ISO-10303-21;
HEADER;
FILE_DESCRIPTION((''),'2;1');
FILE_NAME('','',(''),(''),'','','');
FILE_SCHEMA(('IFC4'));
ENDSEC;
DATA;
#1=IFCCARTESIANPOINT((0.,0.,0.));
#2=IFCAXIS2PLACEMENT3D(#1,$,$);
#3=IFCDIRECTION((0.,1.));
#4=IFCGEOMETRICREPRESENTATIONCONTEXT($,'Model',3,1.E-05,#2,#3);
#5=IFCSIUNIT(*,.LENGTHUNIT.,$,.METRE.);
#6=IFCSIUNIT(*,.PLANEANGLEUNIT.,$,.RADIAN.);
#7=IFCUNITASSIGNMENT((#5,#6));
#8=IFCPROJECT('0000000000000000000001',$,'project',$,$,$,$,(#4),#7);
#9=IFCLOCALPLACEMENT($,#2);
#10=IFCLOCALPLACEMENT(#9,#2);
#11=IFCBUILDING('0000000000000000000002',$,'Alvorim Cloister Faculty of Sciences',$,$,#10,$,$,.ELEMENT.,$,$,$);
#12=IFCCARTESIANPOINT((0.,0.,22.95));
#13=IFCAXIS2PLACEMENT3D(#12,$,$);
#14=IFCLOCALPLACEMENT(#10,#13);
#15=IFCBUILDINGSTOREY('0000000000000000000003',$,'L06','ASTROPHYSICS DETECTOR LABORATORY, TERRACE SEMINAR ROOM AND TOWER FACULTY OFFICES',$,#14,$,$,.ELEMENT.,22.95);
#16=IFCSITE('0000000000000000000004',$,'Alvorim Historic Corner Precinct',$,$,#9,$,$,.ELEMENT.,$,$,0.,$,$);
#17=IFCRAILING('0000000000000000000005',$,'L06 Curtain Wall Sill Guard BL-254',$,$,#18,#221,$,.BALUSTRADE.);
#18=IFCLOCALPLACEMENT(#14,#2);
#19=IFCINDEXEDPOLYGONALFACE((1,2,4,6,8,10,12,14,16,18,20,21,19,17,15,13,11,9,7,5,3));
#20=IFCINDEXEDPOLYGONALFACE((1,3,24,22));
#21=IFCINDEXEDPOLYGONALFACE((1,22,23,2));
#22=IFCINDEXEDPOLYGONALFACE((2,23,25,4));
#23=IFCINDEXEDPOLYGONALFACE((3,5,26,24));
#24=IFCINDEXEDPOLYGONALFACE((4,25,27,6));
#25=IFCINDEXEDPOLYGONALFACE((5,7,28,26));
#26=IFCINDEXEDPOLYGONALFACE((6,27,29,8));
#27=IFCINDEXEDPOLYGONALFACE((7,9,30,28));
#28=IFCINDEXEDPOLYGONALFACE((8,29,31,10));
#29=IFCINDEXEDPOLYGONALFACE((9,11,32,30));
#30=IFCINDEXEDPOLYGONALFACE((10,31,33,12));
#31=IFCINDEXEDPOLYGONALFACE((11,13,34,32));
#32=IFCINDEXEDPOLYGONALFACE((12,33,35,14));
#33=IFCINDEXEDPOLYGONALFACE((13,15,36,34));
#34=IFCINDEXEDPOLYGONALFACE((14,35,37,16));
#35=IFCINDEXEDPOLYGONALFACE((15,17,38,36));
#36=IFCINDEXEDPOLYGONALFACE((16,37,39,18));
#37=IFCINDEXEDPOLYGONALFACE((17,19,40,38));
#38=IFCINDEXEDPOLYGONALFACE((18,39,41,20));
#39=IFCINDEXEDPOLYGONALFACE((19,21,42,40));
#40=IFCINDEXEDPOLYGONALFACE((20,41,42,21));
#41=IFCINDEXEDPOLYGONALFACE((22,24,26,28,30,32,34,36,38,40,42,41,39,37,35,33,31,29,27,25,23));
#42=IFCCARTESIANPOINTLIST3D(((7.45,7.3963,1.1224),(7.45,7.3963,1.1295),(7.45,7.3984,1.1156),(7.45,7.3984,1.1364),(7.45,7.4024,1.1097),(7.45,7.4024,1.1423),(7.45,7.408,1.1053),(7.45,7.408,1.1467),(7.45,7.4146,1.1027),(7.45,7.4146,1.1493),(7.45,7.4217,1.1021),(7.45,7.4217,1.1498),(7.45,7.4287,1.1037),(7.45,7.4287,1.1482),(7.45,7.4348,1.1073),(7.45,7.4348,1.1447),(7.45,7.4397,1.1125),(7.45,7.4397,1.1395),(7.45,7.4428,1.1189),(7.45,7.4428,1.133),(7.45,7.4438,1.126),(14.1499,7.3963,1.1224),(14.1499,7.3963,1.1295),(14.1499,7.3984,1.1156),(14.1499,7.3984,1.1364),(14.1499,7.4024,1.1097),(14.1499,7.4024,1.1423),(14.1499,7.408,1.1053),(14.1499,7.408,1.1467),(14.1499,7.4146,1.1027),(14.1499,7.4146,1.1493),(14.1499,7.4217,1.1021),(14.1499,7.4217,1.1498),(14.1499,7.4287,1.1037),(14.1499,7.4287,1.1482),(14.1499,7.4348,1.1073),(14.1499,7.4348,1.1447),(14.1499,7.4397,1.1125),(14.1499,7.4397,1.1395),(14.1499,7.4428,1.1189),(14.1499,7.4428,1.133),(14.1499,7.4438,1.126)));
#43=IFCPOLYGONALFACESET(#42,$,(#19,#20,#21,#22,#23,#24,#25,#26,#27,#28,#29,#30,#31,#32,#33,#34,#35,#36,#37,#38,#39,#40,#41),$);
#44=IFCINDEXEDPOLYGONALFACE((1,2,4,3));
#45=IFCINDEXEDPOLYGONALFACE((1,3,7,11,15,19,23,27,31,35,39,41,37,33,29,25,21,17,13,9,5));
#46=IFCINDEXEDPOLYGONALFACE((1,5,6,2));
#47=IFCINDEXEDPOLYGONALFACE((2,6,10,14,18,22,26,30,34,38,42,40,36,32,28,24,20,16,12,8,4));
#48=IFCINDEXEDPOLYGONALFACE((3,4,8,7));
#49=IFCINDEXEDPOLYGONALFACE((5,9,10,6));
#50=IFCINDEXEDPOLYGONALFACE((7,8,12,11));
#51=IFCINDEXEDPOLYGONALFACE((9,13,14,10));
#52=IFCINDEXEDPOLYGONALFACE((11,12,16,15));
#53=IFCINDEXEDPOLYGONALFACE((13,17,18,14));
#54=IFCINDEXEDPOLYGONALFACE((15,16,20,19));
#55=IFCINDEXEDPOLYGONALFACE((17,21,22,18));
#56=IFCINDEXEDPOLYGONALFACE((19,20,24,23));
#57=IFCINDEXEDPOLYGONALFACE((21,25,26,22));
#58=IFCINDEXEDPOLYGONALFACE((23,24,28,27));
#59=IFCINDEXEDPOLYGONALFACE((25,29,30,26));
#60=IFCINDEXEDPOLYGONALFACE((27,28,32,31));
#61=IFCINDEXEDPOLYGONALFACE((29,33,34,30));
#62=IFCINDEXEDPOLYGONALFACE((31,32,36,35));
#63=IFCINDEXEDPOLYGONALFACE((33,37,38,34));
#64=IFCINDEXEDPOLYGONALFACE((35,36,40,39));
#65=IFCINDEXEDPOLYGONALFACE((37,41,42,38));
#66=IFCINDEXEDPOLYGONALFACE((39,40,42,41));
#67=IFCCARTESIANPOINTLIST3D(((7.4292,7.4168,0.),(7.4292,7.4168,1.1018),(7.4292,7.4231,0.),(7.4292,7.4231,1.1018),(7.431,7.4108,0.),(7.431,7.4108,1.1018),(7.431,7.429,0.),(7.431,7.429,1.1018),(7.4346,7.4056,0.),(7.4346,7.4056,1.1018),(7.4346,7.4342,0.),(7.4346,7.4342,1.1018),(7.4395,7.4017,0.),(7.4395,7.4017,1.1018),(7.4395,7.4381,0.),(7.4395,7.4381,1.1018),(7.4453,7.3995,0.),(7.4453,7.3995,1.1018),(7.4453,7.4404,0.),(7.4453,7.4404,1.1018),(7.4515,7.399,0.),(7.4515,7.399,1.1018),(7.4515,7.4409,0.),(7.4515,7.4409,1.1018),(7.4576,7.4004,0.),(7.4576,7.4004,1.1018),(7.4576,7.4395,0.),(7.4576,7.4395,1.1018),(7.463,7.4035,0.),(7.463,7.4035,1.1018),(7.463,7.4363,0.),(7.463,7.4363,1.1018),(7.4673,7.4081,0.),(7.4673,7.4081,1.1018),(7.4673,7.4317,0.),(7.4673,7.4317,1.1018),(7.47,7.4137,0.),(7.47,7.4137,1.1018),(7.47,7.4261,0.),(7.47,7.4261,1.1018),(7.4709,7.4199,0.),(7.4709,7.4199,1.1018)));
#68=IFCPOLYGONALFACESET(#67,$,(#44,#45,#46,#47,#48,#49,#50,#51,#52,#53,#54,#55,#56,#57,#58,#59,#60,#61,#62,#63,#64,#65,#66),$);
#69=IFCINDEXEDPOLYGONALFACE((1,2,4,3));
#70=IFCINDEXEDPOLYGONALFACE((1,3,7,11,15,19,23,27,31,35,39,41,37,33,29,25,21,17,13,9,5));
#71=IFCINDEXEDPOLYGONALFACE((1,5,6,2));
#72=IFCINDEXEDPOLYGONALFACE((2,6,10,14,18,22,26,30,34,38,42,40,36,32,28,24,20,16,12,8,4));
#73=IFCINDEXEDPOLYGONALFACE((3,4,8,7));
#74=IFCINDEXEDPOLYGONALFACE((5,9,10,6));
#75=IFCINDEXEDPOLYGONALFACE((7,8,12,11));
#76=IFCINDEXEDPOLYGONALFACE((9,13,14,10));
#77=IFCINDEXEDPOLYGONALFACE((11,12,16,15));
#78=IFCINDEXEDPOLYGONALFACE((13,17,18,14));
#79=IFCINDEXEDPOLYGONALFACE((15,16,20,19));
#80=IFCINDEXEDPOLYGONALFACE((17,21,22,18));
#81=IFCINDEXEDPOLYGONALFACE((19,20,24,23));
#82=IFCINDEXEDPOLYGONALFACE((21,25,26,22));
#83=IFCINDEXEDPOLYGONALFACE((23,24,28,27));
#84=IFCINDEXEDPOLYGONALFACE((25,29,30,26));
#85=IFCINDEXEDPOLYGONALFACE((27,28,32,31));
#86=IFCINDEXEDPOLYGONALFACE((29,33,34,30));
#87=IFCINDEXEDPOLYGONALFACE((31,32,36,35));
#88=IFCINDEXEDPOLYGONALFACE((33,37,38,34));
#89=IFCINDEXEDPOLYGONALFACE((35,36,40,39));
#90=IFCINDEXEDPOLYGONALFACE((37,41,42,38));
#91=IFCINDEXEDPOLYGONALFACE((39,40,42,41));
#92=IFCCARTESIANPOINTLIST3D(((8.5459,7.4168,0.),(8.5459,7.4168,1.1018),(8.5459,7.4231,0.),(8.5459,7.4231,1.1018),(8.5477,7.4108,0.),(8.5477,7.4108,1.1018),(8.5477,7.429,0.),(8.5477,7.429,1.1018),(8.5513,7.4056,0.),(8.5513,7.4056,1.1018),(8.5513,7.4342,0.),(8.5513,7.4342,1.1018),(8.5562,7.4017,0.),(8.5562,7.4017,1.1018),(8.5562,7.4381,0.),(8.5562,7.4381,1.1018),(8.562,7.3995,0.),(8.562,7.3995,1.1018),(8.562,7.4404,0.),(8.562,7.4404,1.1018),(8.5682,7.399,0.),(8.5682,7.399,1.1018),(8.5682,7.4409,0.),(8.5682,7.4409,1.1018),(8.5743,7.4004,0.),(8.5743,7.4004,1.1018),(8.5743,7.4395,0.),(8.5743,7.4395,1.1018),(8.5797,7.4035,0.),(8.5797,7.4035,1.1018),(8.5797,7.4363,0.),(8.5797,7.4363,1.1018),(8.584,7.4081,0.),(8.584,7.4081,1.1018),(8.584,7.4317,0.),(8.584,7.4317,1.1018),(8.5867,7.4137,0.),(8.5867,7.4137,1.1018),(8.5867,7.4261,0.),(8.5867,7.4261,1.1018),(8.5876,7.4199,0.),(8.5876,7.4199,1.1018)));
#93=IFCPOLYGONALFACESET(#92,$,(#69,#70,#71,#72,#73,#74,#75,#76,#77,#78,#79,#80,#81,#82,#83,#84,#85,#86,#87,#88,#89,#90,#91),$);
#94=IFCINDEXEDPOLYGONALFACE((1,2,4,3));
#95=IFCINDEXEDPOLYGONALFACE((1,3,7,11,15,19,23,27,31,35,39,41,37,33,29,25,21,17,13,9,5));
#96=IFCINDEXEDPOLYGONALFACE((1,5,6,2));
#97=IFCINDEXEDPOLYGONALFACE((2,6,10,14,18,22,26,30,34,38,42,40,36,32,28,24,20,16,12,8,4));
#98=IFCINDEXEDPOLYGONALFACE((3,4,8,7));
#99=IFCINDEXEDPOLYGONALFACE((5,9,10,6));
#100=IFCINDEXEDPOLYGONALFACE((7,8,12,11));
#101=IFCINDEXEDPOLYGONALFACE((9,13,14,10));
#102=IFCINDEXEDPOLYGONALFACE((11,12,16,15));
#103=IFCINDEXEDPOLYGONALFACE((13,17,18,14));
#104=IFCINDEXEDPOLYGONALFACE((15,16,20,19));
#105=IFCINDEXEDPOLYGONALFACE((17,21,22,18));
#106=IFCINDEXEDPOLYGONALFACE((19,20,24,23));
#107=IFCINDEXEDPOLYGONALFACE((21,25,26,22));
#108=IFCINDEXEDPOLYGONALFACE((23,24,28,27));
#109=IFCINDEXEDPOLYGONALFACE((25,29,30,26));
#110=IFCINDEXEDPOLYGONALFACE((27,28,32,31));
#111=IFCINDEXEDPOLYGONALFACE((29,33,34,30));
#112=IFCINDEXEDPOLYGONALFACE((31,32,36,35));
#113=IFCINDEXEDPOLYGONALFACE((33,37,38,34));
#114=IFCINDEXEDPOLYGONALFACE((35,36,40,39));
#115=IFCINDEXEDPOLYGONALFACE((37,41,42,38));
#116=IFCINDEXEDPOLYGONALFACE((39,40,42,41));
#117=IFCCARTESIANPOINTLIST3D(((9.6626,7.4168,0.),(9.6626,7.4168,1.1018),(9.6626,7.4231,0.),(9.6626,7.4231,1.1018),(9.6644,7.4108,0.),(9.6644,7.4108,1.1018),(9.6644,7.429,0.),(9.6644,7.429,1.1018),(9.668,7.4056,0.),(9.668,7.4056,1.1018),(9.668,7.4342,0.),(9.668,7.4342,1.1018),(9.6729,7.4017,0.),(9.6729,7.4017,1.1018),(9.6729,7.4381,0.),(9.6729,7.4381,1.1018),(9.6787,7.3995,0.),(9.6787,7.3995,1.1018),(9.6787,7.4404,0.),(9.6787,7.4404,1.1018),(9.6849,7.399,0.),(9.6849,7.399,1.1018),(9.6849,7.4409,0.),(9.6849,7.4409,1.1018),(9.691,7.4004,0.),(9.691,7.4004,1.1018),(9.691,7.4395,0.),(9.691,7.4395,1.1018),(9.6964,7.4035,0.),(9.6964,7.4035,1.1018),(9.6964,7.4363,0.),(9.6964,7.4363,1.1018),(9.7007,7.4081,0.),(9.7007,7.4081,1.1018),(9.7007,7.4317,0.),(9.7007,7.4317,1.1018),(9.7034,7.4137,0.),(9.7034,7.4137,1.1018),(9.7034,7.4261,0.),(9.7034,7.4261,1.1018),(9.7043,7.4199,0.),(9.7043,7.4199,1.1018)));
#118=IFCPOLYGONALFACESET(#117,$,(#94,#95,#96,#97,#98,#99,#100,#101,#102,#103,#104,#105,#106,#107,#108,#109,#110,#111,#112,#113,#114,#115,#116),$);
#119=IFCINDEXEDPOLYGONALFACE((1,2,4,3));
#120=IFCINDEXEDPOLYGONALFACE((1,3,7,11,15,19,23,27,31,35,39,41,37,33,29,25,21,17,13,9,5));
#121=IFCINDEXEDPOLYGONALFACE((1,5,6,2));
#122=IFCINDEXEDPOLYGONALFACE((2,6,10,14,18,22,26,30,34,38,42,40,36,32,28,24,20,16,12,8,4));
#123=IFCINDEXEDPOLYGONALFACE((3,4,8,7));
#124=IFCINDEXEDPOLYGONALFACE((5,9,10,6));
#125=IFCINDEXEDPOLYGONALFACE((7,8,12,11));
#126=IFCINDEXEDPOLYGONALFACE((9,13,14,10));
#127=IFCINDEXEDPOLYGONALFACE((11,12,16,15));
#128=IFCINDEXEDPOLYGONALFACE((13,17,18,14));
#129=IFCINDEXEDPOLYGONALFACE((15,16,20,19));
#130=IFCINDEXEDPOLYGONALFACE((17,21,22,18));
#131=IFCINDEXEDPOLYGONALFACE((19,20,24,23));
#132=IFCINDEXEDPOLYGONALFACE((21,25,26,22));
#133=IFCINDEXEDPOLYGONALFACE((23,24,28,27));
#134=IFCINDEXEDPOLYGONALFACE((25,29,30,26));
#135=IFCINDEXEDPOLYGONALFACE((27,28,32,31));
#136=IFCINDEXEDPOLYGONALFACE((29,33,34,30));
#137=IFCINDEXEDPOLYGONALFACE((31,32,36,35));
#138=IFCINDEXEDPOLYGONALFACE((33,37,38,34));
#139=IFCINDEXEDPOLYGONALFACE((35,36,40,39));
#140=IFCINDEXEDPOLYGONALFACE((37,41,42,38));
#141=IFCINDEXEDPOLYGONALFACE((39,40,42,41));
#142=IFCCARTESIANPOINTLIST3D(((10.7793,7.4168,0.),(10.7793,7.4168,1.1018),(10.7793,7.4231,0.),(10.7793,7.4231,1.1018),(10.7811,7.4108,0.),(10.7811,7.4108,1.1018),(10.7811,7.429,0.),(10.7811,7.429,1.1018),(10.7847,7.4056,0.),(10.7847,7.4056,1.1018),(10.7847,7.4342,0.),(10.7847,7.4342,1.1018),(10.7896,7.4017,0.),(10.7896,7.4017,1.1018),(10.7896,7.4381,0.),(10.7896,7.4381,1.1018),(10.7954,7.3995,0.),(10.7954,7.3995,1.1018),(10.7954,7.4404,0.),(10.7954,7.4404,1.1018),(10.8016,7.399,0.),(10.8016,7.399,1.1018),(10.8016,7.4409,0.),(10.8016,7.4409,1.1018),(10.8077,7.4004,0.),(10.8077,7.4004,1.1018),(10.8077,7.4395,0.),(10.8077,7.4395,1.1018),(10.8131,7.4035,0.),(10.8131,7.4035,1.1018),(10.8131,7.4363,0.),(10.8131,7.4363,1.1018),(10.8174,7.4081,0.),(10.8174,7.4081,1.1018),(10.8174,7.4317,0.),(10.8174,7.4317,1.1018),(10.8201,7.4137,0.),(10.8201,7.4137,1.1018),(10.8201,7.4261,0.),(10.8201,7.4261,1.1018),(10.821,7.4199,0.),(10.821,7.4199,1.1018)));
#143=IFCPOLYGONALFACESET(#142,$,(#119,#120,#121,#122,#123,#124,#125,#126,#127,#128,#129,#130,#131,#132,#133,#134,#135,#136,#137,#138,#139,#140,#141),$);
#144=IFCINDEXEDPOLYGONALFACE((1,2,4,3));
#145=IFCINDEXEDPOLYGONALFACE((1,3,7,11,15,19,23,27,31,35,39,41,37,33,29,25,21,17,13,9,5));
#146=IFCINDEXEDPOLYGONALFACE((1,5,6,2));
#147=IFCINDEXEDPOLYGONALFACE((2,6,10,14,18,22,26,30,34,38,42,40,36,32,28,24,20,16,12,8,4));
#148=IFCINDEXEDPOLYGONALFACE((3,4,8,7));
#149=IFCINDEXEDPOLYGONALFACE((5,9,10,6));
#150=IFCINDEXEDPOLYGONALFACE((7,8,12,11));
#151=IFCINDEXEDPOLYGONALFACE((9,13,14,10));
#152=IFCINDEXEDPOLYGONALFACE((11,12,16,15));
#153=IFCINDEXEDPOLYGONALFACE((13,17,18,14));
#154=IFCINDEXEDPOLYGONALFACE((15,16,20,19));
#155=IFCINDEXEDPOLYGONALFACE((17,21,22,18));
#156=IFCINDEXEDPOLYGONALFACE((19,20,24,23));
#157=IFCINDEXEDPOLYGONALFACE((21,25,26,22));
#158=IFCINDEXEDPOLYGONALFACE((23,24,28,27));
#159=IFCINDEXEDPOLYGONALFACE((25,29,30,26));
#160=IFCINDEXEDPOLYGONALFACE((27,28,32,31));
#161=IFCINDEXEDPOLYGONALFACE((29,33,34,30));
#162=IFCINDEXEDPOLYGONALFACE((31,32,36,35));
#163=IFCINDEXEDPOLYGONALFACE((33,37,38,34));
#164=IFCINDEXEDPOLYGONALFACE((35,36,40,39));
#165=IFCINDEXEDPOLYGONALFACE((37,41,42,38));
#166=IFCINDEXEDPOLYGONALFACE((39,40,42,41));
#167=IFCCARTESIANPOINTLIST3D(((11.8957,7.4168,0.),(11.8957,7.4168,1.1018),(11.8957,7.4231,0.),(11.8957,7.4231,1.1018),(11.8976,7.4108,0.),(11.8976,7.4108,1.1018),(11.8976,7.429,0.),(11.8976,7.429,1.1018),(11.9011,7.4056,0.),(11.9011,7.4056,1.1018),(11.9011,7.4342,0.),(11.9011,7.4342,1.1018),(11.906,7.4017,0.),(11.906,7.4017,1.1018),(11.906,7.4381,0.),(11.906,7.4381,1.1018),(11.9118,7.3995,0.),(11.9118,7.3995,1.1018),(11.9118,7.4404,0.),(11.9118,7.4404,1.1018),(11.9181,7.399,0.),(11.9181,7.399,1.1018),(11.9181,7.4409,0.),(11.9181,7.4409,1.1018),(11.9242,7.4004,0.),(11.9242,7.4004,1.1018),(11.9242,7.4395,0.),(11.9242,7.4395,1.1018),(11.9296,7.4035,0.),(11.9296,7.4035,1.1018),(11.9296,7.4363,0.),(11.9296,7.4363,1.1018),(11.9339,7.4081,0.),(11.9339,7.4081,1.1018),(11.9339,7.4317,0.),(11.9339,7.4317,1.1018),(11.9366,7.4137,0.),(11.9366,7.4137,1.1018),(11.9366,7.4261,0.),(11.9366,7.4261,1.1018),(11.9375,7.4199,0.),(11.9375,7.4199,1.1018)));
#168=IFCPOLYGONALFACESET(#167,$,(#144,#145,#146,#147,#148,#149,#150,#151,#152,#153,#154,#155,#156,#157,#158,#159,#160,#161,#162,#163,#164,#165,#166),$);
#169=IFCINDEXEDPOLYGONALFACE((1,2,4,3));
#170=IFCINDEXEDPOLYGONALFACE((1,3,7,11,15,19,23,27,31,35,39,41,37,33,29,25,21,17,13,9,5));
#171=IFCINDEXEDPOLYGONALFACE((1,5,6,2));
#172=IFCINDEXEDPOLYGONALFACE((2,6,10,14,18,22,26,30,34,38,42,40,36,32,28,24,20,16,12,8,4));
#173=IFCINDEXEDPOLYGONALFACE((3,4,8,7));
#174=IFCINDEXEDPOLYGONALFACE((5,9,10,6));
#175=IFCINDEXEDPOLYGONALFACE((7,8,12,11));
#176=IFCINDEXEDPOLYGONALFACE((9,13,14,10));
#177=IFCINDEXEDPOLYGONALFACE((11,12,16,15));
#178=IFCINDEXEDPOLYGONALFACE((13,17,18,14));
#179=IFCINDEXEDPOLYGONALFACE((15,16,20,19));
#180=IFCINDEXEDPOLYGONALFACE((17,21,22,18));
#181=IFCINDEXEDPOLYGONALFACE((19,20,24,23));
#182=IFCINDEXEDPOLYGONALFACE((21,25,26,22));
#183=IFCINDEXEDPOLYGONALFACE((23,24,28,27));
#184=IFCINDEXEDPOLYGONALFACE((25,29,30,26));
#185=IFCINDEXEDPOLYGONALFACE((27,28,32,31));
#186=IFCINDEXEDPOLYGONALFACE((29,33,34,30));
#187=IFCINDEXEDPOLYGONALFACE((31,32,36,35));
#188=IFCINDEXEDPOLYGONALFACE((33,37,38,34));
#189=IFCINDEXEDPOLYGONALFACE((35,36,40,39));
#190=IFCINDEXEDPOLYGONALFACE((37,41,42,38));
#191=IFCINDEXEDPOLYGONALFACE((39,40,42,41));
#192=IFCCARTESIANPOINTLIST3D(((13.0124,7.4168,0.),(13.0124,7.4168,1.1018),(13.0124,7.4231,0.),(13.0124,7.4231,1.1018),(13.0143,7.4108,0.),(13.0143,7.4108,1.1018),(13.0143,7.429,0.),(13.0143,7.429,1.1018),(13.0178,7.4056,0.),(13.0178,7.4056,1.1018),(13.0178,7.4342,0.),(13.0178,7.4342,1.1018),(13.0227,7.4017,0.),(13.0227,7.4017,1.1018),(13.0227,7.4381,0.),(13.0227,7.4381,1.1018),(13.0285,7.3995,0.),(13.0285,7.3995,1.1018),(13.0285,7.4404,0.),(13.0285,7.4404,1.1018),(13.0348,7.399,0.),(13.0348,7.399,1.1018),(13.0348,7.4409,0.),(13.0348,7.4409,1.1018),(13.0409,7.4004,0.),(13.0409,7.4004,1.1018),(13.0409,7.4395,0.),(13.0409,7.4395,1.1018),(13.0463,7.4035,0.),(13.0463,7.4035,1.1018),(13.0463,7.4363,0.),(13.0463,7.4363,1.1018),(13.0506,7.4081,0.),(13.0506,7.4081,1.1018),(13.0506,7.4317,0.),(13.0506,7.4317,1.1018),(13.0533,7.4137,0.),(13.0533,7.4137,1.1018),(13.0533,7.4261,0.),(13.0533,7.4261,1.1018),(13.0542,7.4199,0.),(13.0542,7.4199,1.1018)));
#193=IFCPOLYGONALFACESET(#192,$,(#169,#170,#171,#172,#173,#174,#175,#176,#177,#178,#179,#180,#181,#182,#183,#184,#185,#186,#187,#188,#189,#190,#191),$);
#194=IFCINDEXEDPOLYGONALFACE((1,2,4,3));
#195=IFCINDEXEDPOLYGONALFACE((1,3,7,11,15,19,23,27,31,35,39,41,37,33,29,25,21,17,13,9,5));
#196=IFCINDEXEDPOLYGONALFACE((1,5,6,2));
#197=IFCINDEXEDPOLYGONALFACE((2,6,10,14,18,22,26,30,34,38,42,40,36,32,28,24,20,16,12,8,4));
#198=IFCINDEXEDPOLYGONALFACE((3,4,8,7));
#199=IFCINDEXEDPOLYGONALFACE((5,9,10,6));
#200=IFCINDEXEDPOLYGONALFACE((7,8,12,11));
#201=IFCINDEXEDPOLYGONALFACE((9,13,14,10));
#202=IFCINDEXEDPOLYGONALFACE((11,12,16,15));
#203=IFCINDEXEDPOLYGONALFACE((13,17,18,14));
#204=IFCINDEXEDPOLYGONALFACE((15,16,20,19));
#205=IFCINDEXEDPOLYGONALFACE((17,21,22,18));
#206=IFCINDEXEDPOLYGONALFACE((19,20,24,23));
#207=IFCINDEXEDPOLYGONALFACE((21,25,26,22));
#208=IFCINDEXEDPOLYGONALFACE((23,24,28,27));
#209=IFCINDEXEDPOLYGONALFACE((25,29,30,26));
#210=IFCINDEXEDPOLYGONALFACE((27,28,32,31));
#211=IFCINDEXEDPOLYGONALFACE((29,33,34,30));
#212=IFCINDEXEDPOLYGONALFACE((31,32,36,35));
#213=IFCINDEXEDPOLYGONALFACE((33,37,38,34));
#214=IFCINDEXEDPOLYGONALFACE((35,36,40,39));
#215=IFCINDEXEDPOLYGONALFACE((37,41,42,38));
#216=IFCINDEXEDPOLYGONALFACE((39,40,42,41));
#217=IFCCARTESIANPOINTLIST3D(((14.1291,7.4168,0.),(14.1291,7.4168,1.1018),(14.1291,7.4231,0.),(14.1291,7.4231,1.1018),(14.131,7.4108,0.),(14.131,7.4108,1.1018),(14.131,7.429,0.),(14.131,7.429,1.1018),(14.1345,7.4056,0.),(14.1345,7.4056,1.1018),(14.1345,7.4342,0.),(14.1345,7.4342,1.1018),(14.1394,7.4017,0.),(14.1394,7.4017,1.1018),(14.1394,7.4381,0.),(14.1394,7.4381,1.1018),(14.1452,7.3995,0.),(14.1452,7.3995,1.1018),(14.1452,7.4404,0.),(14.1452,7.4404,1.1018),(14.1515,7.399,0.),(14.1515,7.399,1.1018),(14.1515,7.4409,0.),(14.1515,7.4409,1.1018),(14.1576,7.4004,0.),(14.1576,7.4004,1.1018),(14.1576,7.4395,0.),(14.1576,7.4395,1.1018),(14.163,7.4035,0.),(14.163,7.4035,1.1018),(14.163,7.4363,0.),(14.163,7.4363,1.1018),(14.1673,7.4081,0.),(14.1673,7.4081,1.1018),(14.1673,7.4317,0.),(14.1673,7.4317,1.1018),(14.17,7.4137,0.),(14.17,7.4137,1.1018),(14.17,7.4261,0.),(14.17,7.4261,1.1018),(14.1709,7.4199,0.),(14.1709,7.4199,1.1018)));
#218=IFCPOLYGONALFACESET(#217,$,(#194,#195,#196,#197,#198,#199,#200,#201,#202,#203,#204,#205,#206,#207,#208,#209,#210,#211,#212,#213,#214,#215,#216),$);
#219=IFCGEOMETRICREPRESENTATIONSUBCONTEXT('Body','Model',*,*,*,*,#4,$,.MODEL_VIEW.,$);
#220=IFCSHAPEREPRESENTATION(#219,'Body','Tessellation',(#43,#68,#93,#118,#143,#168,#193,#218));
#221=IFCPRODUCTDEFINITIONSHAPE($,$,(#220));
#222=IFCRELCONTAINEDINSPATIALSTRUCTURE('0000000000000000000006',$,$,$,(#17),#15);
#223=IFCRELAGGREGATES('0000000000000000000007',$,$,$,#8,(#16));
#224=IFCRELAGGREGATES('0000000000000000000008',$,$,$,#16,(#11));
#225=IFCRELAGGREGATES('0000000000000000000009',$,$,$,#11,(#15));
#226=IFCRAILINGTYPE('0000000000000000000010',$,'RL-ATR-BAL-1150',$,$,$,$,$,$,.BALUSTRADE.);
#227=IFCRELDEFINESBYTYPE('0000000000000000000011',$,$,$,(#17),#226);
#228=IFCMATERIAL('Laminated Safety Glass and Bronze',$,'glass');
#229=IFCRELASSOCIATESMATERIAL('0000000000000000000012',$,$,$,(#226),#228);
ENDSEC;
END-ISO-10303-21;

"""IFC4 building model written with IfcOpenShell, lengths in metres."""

from ifc_helpers import new_model, si_unit, direction, frame, origin, origin_2d, place, context, subcontext, project, spatial, circle, extrude, material, type_object, element, save


model = new_model("IFC4")

# Units and contexts
model_context = context("Model", 3, precision=1e-05, world=origin(), true_north=direction((0.0, 1.0)))
body_context = subcontext(model_context, "Body", "Model", "MODEL_VIEW")
ifc_project = project(units=[si_unit("LENGTHUNIT", "METRE"), si_unit("PLANEANGLEUNIT", "RADIAN")], contexts=[model_context])

# Site, building, storey
site_placement = place(None, origin())
site = spatial("IfcSite", under=ifc_project, at=site_placement, Name="Alvorim Historic Corner Precinct", CompositionType="ELEMENT", RefElevation=0.0)
building_placement = place(site_placement, origin())
building = spatial("IfcBuilding", under=site, at=building_placement, Name="Alvorim Cloister Faculty of Sciences", CompositionType="ELEMENT")
storey_placement = place(building_placement, frame((0.0, 0.0, 22.95)))
storey = spatial("IfcBuildingStorey", under=building, at=storey_placement, Name="L06", Description="ASTROPHYSICS DETECTOR LABORATORY, TERRACE SEMINAR ROOM AND TOWER FACULTY OFFICES", CompositionType="ELEMENT", Elevation=22.95)

# Railing
ifc_material_1 = material(Name="Laminated Safety Glass and Bronze", Category="glass")
railing_type = type_object("IfcRailingType", Name="RL-ATR-BAL-1150", PredefinedType="BALUSTRADE", material=ifc_material_1)
railing_1_placement = place(storey_placement, frame((7.45, 7.4199, 0.0)))
element("IfcRailing", 1, at=railing_1_placement, inside=storey, type_object=railing_type, Name="L06 Curtain Wall Sill Guard BL-254", PredefinedType="BALUSTRADE", context=body_context, shape_type="SweptSolid", body=[
    extrude(circle(Radius=0.0239, at=origin_2d()), frame((0.0, 0.0, 1.126), z_axis=(1.0, 0.0, 0.0), x_axis=(0.0, 1.0, 0.0)), (0.0, 0.0, 1.0), 6.7),
    extrude(circle(Radius=0.021, at=origin_2d()), origin(), (0.0, 0.0, 1.0), 1.1018),
    extrude(circle(Radius=0.021, at=origin_2d()), frame((1.1167, 0.0, 0.0)), (0.0, 0.0, 1.0), 1.1018),
    extrude(circle(Radius=0.021, at=origin_2d()), frame((2.2334, 0.0, 0.0)), (0.0, 0.0, 1.0), 1.1018),
    extrude(circle(Radius=0.021, at=origin_2d()), frame((3.3501, 0.0, 0.0)), (0.0, 0.0, 1.0), 1.1018),
    extrude(circle(Radius=0.021, at=origin_2d()), frame((4.4666, 0.0, 0.0)), (0.0, 0.0, 1.0), 1.1018),
    extrude(circle(Radius=0.021, at=origin_2d()), frame((5.5833, 0.0, 0.0)), (0.0, 0.0, 1.0), 1.1018),
    extrude(circle(Radius=0.021, at=origin_2d()), frame((6.7, 0.0, 0.0)), (0.0, 0.0, 1.0), 1.1018),
])

save(model, "model.ifc")
